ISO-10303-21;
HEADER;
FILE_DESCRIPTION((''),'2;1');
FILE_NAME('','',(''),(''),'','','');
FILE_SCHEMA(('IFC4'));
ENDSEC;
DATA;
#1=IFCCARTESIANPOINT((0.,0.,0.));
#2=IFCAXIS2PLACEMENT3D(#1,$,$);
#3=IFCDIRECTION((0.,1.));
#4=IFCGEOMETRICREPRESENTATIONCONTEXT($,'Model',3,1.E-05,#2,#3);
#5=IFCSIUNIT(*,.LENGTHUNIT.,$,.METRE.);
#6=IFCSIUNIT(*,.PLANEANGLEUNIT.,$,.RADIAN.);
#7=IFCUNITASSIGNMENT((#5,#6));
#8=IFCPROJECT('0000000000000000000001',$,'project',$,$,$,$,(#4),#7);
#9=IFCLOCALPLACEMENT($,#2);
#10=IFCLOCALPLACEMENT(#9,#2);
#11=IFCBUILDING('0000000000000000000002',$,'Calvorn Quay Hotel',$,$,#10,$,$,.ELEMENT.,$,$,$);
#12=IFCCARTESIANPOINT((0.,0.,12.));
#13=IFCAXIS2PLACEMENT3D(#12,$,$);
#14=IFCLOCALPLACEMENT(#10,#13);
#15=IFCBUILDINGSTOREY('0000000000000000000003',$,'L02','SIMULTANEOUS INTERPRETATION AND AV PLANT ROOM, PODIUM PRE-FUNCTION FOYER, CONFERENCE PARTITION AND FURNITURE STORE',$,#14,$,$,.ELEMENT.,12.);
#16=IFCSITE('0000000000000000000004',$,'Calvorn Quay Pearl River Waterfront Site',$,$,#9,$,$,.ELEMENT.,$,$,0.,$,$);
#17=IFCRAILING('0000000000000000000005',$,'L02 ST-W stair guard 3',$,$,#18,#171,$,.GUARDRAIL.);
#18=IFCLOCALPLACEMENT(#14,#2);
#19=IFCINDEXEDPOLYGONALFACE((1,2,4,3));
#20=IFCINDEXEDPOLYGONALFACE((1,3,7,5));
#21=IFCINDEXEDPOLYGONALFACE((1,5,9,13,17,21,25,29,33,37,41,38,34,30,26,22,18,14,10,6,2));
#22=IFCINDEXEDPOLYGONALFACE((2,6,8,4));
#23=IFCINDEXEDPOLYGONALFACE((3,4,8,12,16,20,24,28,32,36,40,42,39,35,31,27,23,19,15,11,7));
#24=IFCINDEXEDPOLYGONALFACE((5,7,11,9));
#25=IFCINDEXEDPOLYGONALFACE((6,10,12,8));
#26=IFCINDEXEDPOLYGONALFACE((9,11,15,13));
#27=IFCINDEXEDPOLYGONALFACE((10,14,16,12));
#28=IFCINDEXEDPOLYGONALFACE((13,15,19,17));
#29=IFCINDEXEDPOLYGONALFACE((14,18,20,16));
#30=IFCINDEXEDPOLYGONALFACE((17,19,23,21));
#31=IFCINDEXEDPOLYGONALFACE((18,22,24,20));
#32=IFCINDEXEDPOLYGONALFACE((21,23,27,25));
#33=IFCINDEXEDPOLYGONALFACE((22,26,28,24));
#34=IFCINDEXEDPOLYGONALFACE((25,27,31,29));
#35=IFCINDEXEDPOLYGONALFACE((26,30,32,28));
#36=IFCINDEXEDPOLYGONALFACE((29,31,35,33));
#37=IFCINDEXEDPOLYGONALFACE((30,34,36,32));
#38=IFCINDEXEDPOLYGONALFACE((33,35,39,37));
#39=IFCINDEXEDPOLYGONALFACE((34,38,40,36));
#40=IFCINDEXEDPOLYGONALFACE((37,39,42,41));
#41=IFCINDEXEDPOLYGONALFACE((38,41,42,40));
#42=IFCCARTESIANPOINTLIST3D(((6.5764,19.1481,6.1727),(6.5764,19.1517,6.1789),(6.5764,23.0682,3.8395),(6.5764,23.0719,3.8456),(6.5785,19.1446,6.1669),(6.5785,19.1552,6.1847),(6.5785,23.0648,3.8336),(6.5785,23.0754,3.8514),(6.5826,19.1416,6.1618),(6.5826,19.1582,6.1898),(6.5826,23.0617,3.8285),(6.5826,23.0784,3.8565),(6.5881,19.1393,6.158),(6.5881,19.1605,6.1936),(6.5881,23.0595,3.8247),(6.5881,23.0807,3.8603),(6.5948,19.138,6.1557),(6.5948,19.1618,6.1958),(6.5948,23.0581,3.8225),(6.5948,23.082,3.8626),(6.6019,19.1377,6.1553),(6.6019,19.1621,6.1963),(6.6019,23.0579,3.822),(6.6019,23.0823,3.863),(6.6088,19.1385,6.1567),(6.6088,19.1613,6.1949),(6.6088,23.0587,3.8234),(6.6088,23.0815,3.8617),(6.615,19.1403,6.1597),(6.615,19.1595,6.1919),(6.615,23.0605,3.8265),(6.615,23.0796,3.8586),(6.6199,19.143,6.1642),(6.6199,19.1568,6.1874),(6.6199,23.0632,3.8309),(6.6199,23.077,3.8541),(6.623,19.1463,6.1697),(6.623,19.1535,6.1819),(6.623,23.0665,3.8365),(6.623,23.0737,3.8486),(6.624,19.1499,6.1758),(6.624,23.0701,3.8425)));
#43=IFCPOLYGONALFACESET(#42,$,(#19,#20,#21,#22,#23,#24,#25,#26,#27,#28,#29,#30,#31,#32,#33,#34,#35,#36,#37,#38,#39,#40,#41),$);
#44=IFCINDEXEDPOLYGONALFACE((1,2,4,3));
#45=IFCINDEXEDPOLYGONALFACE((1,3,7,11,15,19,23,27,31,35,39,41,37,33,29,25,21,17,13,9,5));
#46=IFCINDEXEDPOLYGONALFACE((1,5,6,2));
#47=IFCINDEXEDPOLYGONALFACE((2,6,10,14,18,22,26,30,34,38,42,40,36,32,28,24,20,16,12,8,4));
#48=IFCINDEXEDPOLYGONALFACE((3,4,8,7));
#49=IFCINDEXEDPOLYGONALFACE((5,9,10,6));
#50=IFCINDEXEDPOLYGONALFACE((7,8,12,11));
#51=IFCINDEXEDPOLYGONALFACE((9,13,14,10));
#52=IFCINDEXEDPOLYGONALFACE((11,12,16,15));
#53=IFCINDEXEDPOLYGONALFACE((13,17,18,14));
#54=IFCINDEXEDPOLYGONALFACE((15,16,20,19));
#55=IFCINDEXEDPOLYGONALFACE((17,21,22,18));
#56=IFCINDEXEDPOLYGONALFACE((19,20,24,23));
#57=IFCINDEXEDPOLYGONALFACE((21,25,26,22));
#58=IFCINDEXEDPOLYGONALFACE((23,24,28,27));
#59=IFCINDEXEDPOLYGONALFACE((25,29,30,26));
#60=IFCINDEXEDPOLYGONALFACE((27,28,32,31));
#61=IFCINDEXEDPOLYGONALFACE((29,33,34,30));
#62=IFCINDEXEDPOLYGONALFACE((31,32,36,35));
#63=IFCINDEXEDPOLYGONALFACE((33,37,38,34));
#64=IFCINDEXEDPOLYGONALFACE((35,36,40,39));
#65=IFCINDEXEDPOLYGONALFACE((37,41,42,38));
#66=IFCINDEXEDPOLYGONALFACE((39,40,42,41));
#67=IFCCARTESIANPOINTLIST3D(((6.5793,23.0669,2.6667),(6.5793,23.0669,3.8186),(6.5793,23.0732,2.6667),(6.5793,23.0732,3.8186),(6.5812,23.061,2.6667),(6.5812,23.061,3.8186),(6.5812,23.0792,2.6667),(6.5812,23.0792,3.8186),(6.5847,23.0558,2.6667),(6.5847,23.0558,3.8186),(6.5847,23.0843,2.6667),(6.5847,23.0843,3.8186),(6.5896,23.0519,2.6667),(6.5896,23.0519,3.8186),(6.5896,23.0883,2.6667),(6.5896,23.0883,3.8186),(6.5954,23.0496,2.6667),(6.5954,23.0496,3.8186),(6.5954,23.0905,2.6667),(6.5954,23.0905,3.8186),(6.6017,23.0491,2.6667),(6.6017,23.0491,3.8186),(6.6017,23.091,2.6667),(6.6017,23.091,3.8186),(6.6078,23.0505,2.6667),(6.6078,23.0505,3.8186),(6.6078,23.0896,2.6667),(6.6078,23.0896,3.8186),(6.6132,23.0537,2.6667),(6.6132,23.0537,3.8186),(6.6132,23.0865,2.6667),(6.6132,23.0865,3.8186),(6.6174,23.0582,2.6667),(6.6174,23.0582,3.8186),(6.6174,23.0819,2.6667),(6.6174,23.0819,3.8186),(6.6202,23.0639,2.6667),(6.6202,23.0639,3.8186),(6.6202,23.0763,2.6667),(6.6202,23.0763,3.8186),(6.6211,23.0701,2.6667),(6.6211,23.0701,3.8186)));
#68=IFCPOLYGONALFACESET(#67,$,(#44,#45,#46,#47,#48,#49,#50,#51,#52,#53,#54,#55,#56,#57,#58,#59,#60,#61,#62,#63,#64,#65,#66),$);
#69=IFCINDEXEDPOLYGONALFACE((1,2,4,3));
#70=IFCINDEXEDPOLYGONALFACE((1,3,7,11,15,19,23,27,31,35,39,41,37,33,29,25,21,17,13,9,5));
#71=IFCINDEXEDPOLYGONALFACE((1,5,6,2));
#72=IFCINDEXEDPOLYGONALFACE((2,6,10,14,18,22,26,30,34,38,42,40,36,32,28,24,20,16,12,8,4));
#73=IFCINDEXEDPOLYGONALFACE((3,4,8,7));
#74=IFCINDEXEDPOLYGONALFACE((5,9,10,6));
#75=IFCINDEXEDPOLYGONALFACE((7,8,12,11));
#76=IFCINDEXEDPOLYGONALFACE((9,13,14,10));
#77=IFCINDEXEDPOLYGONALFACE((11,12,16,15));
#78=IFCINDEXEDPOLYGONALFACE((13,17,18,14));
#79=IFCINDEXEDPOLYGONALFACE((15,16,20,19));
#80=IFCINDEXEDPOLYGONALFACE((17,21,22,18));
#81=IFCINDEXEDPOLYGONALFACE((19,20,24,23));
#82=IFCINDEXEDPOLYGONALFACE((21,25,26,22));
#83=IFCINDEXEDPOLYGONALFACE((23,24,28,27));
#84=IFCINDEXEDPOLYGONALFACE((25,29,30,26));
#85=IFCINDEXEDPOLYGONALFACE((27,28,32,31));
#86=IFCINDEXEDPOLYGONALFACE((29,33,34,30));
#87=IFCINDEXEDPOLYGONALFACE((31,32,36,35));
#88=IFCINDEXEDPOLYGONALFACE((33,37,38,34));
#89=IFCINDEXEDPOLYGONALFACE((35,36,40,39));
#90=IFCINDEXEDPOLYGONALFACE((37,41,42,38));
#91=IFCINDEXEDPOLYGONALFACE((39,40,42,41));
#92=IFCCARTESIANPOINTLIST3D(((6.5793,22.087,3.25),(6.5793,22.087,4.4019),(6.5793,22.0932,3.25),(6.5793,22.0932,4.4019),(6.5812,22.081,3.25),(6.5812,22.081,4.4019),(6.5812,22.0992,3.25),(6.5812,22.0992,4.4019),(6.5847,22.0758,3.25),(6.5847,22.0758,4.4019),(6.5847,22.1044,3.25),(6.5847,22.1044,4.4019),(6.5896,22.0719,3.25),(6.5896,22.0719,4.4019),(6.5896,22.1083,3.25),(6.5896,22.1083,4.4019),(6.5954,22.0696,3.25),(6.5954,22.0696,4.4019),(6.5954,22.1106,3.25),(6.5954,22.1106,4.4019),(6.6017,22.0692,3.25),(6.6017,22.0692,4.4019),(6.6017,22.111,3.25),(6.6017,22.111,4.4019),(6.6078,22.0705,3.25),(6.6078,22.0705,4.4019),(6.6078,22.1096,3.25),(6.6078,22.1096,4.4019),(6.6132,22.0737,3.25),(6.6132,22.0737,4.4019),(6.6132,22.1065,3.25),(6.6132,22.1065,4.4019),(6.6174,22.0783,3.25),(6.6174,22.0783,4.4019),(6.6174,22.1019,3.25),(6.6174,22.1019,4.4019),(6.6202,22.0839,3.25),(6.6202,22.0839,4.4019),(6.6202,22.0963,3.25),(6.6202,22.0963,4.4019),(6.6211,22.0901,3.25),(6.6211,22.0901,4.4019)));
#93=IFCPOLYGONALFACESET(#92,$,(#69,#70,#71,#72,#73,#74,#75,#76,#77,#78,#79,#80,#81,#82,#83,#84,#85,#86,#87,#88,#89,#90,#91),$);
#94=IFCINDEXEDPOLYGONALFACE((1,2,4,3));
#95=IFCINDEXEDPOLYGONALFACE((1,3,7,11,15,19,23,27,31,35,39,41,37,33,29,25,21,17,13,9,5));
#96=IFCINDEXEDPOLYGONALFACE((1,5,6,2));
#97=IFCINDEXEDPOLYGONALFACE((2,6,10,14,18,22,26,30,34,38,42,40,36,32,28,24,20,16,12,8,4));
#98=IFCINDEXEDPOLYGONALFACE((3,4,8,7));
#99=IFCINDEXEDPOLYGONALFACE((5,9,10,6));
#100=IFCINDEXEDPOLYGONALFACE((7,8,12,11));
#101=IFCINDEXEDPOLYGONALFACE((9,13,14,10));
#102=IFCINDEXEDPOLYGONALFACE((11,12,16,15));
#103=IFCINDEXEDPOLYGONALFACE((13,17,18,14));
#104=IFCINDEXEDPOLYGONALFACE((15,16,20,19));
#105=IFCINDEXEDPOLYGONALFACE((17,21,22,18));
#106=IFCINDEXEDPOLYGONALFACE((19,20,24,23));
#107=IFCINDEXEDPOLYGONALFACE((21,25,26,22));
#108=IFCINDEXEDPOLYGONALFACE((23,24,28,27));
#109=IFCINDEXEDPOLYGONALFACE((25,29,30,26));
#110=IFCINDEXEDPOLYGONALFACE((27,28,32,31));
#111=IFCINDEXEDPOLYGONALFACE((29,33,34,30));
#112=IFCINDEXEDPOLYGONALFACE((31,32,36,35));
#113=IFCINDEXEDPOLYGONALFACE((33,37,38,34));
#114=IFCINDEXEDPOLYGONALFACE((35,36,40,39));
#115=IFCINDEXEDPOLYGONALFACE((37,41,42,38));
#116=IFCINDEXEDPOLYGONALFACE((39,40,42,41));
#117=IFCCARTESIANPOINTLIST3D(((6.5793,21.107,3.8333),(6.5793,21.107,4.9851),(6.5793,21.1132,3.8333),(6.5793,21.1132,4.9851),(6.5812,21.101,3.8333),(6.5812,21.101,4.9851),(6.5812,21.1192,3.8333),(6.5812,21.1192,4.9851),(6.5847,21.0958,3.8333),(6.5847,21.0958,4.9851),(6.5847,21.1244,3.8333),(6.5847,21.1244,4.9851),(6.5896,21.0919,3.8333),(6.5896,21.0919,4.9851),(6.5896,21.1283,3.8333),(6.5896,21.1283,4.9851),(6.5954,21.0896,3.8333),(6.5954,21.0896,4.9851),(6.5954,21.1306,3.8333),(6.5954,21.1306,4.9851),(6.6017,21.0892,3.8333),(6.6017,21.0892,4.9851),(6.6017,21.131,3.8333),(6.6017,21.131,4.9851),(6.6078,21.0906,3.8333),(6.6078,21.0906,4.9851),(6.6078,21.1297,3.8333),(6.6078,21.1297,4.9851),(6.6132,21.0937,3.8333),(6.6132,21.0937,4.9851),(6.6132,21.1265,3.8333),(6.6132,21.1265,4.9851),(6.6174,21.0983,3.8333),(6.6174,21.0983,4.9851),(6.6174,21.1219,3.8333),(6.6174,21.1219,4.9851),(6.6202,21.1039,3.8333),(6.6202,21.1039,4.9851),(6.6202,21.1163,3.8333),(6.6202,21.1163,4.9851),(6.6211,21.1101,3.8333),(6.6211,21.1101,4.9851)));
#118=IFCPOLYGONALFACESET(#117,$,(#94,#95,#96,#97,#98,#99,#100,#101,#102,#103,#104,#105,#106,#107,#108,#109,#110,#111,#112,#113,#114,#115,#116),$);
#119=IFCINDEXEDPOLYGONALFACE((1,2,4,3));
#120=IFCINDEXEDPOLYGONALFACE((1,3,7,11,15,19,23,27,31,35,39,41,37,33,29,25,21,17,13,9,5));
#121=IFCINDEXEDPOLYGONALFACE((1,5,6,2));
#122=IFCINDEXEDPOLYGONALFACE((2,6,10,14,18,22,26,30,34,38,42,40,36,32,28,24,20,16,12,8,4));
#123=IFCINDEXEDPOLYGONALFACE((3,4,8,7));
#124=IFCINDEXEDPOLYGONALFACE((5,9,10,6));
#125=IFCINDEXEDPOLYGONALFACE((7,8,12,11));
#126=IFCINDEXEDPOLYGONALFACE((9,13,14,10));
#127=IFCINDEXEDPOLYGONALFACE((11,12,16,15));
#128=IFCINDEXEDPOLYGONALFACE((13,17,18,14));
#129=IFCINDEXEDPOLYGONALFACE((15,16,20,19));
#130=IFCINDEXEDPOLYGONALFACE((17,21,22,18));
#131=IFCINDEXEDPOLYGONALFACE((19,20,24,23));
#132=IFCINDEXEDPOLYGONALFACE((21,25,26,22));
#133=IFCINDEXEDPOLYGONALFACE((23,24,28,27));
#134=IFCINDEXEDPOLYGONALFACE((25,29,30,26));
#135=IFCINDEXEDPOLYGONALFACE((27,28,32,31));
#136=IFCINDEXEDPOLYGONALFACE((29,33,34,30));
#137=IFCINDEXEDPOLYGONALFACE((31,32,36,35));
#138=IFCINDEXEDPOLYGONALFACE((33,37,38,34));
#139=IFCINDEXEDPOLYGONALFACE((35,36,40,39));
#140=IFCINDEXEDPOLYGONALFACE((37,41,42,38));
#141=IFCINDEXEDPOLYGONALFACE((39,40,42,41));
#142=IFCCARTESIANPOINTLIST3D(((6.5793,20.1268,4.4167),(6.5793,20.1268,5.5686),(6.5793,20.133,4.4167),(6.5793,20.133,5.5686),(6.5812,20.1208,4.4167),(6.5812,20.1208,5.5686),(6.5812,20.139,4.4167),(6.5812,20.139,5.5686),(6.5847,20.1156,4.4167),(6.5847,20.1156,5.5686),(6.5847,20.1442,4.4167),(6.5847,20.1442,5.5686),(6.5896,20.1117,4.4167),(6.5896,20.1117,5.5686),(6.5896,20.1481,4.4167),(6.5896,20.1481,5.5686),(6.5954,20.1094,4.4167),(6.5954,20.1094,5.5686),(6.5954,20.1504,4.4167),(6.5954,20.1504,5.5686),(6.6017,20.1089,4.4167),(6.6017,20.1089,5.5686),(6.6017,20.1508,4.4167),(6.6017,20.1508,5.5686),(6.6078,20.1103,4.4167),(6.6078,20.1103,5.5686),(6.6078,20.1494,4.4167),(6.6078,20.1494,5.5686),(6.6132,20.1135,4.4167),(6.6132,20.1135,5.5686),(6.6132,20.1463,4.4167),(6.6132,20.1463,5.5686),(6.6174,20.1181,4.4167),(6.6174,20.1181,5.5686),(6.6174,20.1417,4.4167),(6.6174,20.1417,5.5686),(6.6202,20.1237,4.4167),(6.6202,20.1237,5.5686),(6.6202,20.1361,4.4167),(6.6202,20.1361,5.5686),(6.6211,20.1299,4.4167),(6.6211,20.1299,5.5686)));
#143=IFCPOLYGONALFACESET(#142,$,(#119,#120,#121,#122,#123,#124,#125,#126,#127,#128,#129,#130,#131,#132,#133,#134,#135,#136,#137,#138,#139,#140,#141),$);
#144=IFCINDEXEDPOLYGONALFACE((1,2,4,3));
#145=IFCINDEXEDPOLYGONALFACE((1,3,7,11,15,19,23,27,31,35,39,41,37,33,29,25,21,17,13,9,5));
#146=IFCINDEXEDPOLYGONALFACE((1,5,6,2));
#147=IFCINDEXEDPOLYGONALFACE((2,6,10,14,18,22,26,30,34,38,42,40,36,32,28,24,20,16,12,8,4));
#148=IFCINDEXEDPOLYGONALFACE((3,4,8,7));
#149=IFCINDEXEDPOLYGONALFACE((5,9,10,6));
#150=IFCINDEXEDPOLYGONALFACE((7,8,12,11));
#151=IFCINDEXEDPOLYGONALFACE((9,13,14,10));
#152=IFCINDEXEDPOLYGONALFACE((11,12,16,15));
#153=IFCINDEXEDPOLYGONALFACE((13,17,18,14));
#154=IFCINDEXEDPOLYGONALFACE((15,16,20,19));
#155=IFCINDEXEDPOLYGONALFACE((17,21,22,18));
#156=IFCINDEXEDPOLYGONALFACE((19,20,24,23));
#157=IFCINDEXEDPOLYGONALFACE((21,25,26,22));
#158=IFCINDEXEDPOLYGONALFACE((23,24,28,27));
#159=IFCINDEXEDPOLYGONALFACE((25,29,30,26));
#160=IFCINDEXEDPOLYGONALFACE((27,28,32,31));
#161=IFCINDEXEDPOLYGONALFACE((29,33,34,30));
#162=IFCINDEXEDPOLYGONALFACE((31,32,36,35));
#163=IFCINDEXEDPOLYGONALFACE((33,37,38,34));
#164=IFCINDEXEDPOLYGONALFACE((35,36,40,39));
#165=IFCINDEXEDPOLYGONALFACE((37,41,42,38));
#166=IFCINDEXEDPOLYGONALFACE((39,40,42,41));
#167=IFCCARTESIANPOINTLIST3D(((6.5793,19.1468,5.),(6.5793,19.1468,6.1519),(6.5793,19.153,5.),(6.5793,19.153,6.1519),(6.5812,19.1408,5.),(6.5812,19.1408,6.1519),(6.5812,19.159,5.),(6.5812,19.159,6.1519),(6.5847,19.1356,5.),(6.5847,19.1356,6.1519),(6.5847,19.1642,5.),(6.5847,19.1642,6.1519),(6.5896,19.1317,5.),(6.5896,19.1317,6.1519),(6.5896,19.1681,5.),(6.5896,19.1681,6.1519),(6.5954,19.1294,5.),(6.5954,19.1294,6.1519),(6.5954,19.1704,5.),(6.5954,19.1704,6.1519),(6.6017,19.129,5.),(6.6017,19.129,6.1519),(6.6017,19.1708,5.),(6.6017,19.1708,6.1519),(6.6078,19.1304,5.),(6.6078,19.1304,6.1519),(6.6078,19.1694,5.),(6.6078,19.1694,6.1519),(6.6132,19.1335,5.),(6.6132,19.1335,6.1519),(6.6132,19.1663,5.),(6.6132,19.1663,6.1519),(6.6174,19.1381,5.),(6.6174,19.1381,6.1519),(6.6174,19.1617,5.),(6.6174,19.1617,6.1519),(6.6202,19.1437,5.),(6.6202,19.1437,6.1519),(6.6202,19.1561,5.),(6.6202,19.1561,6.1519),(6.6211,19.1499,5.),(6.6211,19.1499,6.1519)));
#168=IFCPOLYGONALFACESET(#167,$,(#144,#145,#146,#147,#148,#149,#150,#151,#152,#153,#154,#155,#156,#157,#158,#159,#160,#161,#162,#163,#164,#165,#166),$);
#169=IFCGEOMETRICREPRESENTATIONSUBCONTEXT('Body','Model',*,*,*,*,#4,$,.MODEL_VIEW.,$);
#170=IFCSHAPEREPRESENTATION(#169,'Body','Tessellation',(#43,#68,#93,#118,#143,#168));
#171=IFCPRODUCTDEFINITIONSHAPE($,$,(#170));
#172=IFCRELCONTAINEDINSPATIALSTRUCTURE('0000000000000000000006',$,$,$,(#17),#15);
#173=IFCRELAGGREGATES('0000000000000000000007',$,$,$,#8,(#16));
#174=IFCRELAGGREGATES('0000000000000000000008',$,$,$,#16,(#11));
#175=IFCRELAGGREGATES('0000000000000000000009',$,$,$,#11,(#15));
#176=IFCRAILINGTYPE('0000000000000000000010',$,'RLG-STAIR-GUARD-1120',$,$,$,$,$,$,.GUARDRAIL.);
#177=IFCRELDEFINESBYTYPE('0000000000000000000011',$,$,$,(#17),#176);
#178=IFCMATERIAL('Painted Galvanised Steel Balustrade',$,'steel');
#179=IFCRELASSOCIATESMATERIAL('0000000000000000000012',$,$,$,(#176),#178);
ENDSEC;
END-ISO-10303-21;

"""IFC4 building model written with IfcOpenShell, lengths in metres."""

from ifc_helpers import new_model, si_unit, direction, frame, origin, origin_2d, place, context, subcontext, project, spatial, circle, extrude, material, type_object, element, save


model = new_model("IFC4")

# Units and contexts
model_context = context("Model", 3, precision=1e-05, world=origin(), true_north=direction((0.0, 1.0)))
body_context = subcontext(model_context, "Body", "Model", "MODEL_VIEW")
ifc_project = project(units=[si_unit("LENGTHUNIT", "METRE"), si_unit("PLANEANGLEUNIT", "RADIAN")], contexts=[model_context])

# Site, building, storey
site_placement = place(None, origin())
site = spatial("IfcSite", under=ifc_project, at=site_placement, Name="Calvorn Quay Pearl River Waterfront Site", CompositionType="ELEMENT", RefElevation=0.0)
building_placement = place(site_placement, origin())
building = spatial("IfcBuilding", under=site, at=building_placement, Name="Calvorn Quay Hotel", CompositionType="ELEMENT")
storey_placement = place(building_placement, frame((0.0, 0.0, 12.0)))
storey = spatial("IfcBuildingStorey", under=building, at=storey_placement, Name="L02", Description="SIMULTANEOUS INTERPRETATION AND AV PLANT ROOM, PODIUM PRE-FUNCTION FOYER, CONFERENCE PARTITION AND FURNITURE STORE", CompositionType="ELEMENT", Elevation=12.0)

# Railing
ifc_material_1 = material(Name="Painted Galvanised Steel Balustrade", Category="steel")
railing_type_1 = type_object("IfcRailingType", Name="RLG-STAIR-GUARD-1120", PredefinedType="GUARDRAIL", material=ifc_material_1)
railing_1_placement = place(storey_placement, frame((6.6001, 23.0701, 2.6667)))
element("IfcRailing", 1, at=railing_1_placement, inside=storey, type_object=railing_type_1, Name="L02 ST-W stair guard 3", PredefinedType="GUARDRAIL", context=body_context, shape_type="SweptSolid", body=[
    extrude(circle(Radius=0.0239, at=origin_2d()), frame((0.0, 0.0, 1.1758), z_axis=(0.0, -0.85931, 0.511455), x_axis=(1.0, 0.0, 0.0)), (0.0, 0.0, 1.0), 4.562),
    extrude(circle(Radius=0.021, at=origin_2d()), origin(), (0.0, 0.0, 1.0), 1.1519),
    extrude(circle(Radius=0.021, at=origin_2d()), frame((0.0, -0.98, 0.5833)), (0.0, 0.0, 1.0), 1.1519),
    extrude(circle(Radius=0.021, at=origin_2d()), frame((0.0, -1.96, 1.1665)), (0.0, 0.0, 1.0), 1.1519),
    extrude(circle(Radius=0.021, at=origin_2d()), frame((0.0, -2.9402, 1.75)), (0.0, 0.0, 1.0), 1.1519),
    extrude(circle(Radius=0.021, at=origin_2d()), frame((0.0, -3.9202, 2.3333)), (0.0, 0.0, 1.0), 1.1519),
])

save(model, "model.ifc")
